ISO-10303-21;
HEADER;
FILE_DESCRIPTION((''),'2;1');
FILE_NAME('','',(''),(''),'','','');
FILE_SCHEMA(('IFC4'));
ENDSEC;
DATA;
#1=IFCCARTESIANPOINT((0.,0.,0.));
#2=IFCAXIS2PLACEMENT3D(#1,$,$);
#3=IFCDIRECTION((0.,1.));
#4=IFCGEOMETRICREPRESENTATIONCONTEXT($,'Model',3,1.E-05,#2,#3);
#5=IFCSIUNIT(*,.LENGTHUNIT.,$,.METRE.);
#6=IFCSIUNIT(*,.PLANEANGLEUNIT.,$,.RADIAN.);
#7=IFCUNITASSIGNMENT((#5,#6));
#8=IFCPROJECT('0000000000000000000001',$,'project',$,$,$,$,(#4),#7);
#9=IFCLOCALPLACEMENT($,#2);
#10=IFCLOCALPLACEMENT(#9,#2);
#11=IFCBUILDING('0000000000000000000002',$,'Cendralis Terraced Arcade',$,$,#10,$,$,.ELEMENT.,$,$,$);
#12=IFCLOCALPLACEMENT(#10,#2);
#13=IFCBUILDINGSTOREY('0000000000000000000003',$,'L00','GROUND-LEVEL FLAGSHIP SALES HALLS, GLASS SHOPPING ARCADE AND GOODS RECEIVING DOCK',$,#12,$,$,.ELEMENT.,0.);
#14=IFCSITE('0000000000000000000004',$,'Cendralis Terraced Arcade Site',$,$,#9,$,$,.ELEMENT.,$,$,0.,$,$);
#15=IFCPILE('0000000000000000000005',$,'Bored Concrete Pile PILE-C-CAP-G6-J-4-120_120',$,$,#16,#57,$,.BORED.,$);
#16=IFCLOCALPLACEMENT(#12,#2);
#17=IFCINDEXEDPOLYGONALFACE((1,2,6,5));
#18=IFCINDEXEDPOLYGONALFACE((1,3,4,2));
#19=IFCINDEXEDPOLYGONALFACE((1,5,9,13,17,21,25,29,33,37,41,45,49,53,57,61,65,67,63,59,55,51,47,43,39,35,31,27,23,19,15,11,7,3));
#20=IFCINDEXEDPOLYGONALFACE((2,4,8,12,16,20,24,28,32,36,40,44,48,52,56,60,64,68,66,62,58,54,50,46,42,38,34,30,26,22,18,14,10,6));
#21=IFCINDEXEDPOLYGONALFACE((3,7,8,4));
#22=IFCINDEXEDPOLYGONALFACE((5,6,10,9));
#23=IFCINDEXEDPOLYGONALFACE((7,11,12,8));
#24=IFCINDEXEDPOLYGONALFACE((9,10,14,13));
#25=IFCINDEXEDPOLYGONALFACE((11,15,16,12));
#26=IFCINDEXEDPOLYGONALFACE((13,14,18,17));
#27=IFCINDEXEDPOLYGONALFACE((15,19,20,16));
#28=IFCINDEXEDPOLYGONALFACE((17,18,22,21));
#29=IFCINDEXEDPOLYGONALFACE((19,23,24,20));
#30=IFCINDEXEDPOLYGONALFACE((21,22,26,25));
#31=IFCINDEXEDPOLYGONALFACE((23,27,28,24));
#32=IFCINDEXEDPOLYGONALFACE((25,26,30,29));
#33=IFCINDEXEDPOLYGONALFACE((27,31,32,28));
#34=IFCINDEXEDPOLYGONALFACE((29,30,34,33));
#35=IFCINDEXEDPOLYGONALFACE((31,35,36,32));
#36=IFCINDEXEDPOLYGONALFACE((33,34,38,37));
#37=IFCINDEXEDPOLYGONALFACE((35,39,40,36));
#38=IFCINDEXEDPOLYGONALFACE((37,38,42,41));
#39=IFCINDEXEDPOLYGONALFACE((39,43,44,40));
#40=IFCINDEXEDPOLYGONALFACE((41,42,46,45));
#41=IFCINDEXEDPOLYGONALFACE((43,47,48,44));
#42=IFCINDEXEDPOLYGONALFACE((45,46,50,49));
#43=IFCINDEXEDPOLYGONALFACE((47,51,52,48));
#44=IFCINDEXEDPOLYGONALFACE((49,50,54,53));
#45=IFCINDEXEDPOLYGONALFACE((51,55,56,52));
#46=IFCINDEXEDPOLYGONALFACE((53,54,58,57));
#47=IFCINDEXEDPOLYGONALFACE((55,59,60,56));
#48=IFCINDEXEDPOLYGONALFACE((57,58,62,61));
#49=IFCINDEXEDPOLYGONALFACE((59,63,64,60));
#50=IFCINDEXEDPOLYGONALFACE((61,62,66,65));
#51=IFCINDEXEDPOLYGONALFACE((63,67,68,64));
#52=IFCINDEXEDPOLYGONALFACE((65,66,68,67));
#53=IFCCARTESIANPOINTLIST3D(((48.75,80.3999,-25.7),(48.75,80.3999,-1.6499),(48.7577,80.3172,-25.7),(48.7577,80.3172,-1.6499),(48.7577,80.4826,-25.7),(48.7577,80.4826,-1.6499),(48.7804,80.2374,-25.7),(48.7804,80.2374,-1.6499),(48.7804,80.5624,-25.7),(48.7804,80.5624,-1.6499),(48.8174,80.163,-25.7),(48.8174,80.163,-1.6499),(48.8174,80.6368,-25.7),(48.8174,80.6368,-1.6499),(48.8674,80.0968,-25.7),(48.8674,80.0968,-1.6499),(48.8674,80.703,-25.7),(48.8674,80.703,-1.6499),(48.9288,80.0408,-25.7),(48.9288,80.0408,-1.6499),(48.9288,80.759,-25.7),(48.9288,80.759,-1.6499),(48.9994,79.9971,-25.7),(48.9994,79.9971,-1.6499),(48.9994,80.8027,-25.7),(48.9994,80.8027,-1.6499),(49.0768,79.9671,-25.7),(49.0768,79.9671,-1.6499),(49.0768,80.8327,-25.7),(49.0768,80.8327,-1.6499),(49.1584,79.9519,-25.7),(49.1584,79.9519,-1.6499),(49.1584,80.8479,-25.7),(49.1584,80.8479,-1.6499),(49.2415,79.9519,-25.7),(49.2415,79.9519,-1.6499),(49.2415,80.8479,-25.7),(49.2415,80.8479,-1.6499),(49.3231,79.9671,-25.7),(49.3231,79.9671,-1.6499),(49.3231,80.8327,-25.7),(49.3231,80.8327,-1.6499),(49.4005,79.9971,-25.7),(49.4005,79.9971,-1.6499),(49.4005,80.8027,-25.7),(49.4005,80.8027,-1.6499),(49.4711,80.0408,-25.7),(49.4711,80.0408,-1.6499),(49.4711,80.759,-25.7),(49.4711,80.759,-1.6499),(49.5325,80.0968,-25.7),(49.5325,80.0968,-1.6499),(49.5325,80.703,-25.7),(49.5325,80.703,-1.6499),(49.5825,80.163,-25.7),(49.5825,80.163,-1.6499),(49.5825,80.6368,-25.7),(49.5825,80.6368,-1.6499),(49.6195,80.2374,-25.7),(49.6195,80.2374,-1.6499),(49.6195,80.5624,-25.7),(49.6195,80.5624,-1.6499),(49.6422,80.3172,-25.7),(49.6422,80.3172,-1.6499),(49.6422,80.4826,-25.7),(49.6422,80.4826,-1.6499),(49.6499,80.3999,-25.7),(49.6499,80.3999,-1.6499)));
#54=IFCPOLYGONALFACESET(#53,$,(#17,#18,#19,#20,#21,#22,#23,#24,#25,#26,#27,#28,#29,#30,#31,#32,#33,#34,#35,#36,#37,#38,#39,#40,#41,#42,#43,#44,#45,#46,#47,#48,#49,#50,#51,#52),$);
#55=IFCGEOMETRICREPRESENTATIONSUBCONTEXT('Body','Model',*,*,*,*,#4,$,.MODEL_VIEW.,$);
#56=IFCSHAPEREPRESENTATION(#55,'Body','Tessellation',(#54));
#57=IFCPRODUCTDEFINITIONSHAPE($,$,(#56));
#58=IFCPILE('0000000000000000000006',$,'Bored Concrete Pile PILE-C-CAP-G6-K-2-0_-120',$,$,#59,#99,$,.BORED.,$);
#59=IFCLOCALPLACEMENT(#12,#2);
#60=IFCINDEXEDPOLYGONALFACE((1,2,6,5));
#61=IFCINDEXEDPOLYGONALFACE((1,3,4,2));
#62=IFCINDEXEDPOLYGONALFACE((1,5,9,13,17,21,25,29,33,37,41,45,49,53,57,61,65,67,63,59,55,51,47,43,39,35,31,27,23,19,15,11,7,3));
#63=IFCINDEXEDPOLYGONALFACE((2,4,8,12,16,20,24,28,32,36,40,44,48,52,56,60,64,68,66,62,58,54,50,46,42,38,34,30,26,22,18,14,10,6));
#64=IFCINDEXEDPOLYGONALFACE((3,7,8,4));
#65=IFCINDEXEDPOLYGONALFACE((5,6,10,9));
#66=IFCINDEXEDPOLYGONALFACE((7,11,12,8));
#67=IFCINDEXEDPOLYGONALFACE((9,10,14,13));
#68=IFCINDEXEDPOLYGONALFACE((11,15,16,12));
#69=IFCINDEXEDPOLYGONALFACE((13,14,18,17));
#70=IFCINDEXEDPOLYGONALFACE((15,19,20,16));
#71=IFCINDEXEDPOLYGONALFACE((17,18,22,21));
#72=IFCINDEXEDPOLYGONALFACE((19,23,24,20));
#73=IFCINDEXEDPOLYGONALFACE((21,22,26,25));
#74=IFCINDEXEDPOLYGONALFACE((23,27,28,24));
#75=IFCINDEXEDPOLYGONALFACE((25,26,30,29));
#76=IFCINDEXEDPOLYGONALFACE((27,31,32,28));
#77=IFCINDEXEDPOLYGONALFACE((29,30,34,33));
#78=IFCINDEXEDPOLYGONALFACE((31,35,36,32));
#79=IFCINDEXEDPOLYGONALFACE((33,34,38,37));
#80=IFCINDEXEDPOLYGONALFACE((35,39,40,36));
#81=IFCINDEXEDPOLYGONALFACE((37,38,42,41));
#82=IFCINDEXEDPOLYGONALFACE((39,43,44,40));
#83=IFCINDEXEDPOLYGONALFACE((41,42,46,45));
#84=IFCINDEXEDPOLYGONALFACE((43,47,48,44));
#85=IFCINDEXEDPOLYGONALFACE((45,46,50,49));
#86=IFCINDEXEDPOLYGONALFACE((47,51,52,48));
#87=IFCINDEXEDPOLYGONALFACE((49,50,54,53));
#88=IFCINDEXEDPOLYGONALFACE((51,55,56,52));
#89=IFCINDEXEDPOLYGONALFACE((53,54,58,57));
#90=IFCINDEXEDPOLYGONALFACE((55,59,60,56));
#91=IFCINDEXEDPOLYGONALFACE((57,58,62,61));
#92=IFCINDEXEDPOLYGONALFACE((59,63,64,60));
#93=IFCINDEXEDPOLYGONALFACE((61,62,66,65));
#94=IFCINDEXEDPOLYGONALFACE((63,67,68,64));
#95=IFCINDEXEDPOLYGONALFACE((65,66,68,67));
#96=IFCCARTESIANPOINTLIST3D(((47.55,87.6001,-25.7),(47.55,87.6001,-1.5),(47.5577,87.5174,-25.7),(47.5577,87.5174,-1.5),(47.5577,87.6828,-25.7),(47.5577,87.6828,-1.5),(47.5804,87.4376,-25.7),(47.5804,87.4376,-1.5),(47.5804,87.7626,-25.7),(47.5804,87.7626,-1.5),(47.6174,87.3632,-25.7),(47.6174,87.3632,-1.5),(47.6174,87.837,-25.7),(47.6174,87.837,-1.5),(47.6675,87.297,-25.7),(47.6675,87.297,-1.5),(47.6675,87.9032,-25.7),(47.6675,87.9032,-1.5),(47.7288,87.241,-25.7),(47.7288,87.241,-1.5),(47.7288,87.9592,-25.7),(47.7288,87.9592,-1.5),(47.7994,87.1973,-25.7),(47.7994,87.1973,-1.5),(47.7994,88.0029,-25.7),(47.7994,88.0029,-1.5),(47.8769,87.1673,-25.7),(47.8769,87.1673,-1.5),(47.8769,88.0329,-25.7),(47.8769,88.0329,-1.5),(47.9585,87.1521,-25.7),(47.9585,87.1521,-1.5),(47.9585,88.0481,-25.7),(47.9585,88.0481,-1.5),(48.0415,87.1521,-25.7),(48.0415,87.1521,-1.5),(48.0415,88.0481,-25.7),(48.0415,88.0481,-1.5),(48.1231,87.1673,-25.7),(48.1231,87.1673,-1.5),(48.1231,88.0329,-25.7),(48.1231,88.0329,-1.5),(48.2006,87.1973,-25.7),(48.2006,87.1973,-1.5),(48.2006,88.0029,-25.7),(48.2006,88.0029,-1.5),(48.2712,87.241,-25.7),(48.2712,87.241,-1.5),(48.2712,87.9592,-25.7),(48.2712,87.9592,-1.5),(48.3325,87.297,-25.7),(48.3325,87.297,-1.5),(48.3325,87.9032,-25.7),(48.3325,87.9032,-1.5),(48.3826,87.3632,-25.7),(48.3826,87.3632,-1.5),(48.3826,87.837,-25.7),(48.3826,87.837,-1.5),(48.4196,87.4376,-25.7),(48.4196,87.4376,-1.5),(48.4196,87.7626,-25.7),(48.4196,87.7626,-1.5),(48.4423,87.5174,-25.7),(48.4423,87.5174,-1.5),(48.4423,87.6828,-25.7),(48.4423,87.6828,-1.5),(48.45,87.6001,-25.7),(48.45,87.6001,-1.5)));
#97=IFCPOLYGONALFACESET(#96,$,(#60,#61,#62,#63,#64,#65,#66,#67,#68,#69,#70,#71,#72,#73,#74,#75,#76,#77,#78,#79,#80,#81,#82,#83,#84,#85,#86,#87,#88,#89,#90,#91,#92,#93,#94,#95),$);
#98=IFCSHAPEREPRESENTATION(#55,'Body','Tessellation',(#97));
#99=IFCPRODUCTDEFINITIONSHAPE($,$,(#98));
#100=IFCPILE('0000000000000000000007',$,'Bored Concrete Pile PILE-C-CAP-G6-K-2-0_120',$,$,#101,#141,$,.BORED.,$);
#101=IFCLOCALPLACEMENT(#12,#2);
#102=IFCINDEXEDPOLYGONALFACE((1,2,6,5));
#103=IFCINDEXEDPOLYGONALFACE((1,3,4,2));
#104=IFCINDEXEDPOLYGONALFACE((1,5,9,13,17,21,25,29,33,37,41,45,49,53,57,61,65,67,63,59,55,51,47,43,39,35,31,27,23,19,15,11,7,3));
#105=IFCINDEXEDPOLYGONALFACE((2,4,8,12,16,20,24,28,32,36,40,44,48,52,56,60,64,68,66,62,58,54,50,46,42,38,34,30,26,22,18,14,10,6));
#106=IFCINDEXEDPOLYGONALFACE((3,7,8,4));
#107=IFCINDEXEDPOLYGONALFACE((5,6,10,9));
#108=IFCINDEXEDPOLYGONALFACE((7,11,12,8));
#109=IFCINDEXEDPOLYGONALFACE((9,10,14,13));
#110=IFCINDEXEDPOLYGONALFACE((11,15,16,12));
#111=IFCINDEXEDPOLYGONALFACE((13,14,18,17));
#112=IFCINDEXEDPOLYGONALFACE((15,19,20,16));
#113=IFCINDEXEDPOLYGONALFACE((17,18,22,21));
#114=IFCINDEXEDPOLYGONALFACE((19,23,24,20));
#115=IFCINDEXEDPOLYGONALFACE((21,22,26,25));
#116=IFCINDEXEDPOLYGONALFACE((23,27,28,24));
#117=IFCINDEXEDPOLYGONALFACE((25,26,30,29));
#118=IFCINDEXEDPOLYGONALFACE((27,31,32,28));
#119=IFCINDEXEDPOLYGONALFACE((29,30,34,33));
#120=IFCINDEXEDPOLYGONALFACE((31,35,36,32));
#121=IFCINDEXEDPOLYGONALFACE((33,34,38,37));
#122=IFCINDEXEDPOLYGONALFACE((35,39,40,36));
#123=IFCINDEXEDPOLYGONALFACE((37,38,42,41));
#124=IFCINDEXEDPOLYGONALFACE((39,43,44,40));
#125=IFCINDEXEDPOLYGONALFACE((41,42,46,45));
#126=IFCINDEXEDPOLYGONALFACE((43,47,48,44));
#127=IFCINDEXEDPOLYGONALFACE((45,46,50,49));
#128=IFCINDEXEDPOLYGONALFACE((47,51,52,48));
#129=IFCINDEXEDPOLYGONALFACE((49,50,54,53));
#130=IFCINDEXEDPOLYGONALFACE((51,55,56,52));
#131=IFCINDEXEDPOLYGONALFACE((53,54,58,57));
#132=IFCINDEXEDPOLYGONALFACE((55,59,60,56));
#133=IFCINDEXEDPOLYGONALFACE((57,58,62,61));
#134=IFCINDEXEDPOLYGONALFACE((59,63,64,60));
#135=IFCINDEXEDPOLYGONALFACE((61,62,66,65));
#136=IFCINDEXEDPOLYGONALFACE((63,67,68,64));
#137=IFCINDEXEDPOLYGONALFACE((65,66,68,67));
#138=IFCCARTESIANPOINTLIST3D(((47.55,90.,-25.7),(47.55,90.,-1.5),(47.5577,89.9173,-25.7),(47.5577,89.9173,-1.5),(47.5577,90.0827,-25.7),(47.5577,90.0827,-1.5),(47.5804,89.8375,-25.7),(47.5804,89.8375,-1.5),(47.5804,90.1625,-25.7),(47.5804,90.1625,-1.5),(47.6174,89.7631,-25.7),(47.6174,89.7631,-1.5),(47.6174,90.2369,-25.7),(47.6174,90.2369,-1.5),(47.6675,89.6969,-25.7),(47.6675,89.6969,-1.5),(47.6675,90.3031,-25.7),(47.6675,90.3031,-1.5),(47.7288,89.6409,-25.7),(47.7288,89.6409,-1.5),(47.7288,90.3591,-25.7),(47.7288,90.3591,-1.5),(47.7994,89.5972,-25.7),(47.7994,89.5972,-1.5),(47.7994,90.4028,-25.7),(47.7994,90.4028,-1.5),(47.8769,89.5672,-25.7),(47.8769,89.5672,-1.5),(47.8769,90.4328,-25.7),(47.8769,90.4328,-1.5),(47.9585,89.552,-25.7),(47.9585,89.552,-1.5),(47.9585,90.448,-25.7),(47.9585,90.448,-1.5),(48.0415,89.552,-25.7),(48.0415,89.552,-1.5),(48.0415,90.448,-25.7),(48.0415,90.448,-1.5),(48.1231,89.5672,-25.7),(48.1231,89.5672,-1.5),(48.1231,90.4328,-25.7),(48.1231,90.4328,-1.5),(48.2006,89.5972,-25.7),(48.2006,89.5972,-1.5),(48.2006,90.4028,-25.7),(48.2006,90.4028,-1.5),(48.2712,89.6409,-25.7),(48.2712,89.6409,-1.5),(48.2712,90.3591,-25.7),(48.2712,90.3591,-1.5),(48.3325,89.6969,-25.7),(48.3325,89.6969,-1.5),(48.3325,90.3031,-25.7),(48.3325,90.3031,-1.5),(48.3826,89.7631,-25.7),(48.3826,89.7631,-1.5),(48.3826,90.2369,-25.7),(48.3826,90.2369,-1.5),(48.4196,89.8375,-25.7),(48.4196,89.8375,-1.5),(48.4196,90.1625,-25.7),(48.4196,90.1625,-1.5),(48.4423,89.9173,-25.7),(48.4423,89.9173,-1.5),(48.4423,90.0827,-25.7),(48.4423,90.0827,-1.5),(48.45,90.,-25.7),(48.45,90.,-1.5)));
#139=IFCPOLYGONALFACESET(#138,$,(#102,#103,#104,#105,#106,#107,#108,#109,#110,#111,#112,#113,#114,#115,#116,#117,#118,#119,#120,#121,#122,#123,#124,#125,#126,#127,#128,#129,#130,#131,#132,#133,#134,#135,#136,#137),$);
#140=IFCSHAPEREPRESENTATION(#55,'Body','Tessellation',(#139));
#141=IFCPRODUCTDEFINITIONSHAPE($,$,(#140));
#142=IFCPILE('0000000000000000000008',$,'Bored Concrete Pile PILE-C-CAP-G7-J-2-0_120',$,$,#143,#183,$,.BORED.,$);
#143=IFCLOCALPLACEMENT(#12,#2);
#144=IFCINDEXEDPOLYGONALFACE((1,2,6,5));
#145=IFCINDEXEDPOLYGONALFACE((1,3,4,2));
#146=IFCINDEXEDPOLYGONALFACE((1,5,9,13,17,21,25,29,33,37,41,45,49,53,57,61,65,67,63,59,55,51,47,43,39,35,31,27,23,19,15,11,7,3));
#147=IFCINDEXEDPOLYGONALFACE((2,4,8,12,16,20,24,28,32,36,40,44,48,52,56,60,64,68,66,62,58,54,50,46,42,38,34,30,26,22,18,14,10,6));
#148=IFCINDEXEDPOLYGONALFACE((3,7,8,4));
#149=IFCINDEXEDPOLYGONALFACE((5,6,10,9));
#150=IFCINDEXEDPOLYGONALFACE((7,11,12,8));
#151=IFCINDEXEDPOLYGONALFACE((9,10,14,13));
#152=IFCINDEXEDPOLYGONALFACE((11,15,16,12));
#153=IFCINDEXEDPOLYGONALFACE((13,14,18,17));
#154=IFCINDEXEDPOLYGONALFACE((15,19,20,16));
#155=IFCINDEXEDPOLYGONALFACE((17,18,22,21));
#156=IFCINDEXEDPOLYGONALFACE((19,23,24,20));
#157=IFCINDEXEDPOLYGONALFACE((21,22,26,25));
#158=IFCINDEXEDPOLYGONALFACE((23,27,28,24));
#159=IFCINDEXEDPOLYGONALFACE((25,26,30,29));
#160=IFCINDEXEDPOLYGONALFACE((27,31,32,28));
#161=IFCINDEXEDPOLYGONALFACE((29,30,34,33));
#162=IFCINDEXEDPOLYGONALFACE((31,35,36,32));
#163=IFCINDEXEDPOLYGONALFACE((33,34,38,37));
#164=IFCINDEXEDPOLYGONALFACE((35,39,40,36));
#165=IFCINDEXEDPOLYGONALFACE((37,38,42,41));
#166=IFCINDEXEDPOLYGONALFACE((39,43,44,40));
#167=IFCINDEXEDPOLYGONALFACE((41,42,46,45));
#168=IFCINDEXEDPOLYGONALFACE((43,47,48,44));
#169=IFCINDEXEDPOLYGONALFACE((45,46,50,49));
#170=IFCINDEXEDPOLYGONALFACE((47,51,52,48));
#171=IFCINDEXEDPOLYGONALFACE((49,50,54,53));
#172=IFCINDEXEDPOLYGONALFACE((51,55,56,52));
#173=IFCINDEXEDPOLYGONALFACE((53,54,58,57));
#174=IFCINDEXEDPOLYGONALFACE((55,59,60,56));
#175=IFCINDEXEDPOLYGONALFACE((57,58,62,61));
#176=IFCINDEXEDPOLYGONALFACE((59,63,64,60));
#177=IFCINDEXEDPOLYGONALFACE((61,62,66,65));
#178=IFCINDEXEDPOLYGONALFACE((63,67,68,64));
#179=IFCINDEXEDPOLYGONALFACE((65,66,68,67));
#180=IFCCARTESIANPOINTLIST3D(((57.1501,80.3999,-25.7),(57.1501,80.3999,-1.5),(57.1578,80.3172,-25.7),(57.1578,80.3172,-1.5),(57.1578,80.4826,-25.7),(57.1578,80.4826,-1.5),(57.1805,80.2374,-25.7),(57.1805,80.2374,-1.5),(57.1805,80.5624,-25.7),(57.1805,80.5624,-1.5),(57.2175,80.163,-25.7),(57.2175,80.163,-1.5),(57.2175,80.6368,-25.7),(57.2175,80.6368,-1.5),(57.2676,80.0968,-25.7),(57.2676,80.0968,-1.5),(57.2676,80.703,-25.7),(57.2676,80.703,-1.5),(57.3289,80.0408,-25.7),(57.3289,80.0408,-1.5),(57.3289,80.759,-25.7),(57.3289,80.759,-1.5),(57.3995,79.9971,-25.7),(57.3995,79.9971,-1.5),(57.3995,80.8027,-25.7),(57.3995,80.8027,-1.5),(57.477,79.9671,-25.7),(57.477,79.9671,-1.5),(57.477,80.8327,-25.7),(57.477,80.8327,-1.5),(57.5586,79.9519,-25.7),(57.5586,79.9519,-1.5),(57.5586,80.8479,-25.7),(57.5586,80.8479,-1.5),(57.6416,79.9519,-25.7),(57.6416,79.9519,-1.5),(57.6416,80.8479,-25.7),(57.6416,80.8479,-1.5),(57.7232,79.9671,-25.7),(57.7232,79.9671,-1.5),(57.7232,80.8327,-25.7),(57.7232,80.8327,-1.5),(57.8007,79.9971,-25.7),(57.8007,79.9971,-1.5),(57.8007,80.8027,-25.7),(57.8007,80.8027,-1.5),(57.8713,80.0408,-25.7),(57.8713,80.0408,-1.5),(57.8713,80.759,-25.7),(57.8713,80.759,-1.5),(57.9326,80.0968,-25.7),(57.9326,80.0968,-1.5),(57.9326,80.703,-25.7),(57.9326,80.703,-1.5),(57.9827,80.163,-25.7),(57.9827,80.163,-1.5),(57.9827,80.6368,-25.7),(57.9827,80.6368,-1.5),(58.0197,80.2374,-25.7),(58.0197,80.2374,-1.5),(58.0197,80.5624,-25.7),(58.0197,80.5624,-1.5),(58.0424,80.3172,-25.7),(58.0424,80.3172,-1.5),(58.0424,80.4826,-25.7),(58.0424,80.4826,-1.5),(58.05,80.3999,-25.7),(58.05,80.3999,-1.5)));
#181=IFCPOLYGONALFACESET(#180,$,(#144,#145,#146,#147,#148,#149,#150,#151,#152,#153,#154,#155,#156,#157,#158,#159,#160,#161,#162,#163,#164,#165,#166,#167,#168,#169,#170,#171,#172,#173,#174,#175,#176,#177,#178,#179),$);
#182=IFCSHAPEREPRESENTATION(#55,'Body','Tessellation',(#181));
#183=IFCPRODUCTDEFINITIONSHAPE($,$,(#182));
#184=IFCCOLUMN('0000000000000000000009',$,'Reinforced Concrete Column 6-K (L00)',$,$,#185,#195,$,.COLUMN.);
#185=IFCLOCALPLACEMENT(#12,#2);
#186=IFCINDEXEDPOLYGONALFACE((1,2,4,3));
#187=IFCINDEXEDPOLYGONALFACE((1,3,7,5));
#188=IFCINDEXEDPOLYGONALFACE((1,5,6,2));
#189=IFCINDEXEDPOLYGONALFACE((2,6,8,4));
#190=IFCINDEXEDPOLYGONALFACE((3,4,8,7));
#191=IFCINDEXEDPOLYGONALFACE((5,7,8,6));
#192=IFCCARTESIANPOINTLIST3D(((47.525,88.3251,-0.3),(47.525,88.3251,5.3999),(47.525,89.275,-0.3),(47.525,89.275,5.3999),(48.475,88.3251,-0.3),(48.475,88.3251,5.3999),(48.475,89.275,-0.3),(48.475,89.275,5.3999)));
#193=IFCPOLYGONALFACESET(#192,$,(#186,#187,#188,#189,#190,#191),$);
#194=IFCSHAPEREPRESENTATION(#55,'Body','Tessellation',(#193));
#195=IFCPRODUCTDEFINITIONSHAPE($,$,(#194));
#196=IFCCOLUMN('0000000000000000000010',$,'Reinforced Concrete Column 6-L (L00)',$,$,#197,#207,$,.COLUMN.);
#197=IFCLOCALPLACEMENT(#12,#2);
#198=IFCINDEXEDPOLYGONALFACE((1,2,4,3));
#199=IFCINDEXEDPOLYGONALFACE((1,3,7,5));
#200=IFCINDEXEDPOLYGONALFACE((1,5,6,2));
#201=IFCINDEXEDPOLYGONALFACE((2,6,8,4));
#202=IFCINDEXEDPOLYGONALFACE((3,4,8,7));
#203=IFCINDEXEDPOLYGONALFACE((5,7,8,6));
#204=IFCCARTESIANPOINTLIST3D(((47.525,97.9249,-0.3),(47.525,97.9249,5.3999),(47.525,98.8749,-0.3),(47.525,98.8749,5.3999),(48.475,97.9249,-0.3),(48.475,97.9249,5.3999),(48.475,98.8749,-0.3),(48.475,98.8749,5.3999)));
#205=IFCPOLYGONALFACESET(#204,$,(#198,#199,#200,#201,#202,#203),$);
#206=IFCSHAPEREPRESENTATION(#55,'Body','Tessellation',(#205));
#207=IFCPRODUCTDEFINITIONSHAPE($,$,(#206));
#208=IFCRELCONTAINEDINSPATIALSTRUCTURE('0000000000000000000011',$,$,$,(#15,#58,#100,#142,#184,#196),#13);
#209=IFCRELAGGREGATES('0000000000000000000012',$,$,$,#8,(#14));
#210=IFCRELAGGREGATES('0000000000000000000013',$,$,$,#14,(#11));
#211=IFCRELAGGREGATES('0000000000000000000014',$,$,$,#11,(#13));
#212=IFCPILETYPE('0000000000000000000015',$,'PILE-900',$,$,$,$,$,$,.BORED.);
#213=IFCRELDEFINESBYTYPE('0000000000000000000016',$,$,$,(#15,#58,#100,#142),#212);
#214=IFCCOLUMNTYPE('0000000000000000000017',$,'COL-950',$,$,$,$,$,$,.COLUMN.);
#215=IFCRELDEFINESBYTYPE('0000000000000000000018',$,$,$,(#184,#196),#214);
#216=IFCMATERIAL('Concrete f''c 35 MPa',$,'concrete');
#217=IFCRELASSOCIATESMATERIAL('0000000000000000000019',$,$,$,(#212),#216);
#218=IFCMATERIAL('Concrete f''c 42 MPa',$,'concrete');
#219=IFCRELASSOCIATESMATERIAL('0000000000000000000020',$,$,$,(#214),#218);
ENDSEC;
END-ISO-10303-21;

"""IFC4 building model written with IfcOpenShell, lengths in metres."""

from ifc_helpers import new_model, si_unit, direction, frame, origin, origin_2d, place, context, subcontext, project, spatial, rectangle, circle, extrude, material, material_profile, profile_set, type_object, element, save


model = new_model("IFC4")

# Units and contexts
model_context = context("Model", 3, precision=1e-05, world=origin(), true_north=direction((0.0, 1.0)))
body_context = subcontext(model_context, "Body", "Model", "MODEL_VIEW")
ifc_project = project(units=[si_unit("LENGTHUNIT", "METRE"), si_unit("PLANEANGLEUNIT", "RADIAN")], contexts=[model_context])

# Site, building, storey
site_placement = place(None, origin())
site = spatial("IfcSite", under=ifc_project, at=site_placement, Name="Cendralis Terraced Arcade Site", CompositionType="ELEMENT", RefElevation=0.0)
building_placement = place(site_placement, origin())
building = spatial("IfcBuilding", under=site, at=building_placement, Name="Cendralis Terraced Arcade", CompositionType="ELEMENT")
storey_placement = place(building_placement, origin())
storey = spatial("IfcBuildingStorey", under=building, at=storey_placement, Name="L00", Description="GROUND-LEVEL FLAGSHIP SALES HALLS, GLASS SHOPPING ARCADE AND GOODS RECEIVING DOCK", CompositionType="ELEMENT", Elevation=0.0)

# Shared definitions
ifc_material_1 = material(Name="Concrete f'c 35 MPa", Category="concrete")

# Piles
ifc_material_profile_1 = material_profile(ifc_material_1, circle(Radius=0.45, at=origin_2d()), Name="PILE-D900", Category="LoadBearing")
ifc_profile_set_1 = profile_set([ifc_material_profile_1], Name="Concrete f'c 35 MPa")
pile_type_1 = type_object("IfcPileType", Name="PILE-900", PredefinedType="BORED", material=ifc_profile_set_1)
for number, where, z_axis, x_axis, name in (
    (1, (49.2, 80.3999, -1.6499), (0.0, 0.0, -1.0), (1.0, 0.0, 0.0), "Bored Concrete Pile PILE-C-CAP-G6-J-4-120_120"),
):
    element("IfcPile", number, at=place(storey_placement, frame(where, z_axis=z_axis, x_axis=x_axis)), inside=storey, type_object=pile_type_1, Name=name, PredefinedType="BORED", context=body_context, shape_type="SweptSolid", body=[
        extrude(circle(Radius=0.45, at=origin_2d()), origin(), (0.0, 0.0, 1.0), 24.05),
    ])
for number, where, z_axis, x_axis, name in (
    (2, (48.0, 87.6001, -1.5), (0.0, 0.0, -1.0), (1.0, 0.0, 0.0), "Bored Concrete Pile PILE-C-CAP-G6-K-2-0_-120"),
    (3, (48.0, 90.0, -1.5), (0.0, 0.0, -1.0), (1.0, 0.0, 0.0), "Bored Concrete Pile PILE-C-CAP-G6-K-2-0_120"),
    (4, (57.6001, 80.3999, -1.5), (0.0, 0.0, -1.0), (1.0, 0.0, 0.0), "Bored Concrete Pile PILE-C-CAP-G7-J-2-0_120"),
):
    element("IfcPile", number, at=place(storey_placement, frame(where, z_axis=z_axis, x_axis=x_axis)), inside=storey, type_object=pile_type_1, Name=name, PredefinedType="BORED", context=body_context, shape_type="SweptSolid", body=[
        extrude(circle(Radius=0.45, at=origin_2d()), origin(), (0.0, 0.0, 1.0), 24.2),
    ])

# Columns
ifc_material_2 = material(Name="Concrete f'c 42 MPa", Category="concrete")
ifc_material_profile_2 = material_profile(ifc_material_2, rectangle(XDim=0.95, YDim=0.95, at=origin_2d()), Name="RC-COL-950x950", Category="LoadBearing")
ifc_profile_set_2 = profile_set([ifc_material_profile_2], Name="Concrete f'c 42 MPa")
column_type = type_object("IfcColumnType", Name="COL-950", PredefinedType="COLUMN", material=ifc_profile_set_2)
for number, where, z_axis, x_axis, name in (
    (5, (48.0, 88.8, -0.3), (0.0, 0.0, 1.0), (1.0, 0.0, 0.0), "Reinforced Concrete Column 6-K (L00)"),
    (6, (48.0, 98.3999, -0.3), (0.0, 0.0, 1.0), (1.0, 0.0, 0.0), "Reinforced Concrete Column 6-L (L00)"),
):
    element("IfcColumn", number, at=place(storey_placement, frame(where, z_axis=z_axis, x_axis=x_axis)), inside=storey, type_object=column_type, Name=name, PredefinedType="COLUMN", context=body_context, shape_type="SweptSolid", body=[
        extrude(rectangle(XDim=0.95, YDim=0.95, at=origin_2d()), origin(), (0.0, 0.0, 1.0), 5.7),
    ])

save(model, "model.ifc")
